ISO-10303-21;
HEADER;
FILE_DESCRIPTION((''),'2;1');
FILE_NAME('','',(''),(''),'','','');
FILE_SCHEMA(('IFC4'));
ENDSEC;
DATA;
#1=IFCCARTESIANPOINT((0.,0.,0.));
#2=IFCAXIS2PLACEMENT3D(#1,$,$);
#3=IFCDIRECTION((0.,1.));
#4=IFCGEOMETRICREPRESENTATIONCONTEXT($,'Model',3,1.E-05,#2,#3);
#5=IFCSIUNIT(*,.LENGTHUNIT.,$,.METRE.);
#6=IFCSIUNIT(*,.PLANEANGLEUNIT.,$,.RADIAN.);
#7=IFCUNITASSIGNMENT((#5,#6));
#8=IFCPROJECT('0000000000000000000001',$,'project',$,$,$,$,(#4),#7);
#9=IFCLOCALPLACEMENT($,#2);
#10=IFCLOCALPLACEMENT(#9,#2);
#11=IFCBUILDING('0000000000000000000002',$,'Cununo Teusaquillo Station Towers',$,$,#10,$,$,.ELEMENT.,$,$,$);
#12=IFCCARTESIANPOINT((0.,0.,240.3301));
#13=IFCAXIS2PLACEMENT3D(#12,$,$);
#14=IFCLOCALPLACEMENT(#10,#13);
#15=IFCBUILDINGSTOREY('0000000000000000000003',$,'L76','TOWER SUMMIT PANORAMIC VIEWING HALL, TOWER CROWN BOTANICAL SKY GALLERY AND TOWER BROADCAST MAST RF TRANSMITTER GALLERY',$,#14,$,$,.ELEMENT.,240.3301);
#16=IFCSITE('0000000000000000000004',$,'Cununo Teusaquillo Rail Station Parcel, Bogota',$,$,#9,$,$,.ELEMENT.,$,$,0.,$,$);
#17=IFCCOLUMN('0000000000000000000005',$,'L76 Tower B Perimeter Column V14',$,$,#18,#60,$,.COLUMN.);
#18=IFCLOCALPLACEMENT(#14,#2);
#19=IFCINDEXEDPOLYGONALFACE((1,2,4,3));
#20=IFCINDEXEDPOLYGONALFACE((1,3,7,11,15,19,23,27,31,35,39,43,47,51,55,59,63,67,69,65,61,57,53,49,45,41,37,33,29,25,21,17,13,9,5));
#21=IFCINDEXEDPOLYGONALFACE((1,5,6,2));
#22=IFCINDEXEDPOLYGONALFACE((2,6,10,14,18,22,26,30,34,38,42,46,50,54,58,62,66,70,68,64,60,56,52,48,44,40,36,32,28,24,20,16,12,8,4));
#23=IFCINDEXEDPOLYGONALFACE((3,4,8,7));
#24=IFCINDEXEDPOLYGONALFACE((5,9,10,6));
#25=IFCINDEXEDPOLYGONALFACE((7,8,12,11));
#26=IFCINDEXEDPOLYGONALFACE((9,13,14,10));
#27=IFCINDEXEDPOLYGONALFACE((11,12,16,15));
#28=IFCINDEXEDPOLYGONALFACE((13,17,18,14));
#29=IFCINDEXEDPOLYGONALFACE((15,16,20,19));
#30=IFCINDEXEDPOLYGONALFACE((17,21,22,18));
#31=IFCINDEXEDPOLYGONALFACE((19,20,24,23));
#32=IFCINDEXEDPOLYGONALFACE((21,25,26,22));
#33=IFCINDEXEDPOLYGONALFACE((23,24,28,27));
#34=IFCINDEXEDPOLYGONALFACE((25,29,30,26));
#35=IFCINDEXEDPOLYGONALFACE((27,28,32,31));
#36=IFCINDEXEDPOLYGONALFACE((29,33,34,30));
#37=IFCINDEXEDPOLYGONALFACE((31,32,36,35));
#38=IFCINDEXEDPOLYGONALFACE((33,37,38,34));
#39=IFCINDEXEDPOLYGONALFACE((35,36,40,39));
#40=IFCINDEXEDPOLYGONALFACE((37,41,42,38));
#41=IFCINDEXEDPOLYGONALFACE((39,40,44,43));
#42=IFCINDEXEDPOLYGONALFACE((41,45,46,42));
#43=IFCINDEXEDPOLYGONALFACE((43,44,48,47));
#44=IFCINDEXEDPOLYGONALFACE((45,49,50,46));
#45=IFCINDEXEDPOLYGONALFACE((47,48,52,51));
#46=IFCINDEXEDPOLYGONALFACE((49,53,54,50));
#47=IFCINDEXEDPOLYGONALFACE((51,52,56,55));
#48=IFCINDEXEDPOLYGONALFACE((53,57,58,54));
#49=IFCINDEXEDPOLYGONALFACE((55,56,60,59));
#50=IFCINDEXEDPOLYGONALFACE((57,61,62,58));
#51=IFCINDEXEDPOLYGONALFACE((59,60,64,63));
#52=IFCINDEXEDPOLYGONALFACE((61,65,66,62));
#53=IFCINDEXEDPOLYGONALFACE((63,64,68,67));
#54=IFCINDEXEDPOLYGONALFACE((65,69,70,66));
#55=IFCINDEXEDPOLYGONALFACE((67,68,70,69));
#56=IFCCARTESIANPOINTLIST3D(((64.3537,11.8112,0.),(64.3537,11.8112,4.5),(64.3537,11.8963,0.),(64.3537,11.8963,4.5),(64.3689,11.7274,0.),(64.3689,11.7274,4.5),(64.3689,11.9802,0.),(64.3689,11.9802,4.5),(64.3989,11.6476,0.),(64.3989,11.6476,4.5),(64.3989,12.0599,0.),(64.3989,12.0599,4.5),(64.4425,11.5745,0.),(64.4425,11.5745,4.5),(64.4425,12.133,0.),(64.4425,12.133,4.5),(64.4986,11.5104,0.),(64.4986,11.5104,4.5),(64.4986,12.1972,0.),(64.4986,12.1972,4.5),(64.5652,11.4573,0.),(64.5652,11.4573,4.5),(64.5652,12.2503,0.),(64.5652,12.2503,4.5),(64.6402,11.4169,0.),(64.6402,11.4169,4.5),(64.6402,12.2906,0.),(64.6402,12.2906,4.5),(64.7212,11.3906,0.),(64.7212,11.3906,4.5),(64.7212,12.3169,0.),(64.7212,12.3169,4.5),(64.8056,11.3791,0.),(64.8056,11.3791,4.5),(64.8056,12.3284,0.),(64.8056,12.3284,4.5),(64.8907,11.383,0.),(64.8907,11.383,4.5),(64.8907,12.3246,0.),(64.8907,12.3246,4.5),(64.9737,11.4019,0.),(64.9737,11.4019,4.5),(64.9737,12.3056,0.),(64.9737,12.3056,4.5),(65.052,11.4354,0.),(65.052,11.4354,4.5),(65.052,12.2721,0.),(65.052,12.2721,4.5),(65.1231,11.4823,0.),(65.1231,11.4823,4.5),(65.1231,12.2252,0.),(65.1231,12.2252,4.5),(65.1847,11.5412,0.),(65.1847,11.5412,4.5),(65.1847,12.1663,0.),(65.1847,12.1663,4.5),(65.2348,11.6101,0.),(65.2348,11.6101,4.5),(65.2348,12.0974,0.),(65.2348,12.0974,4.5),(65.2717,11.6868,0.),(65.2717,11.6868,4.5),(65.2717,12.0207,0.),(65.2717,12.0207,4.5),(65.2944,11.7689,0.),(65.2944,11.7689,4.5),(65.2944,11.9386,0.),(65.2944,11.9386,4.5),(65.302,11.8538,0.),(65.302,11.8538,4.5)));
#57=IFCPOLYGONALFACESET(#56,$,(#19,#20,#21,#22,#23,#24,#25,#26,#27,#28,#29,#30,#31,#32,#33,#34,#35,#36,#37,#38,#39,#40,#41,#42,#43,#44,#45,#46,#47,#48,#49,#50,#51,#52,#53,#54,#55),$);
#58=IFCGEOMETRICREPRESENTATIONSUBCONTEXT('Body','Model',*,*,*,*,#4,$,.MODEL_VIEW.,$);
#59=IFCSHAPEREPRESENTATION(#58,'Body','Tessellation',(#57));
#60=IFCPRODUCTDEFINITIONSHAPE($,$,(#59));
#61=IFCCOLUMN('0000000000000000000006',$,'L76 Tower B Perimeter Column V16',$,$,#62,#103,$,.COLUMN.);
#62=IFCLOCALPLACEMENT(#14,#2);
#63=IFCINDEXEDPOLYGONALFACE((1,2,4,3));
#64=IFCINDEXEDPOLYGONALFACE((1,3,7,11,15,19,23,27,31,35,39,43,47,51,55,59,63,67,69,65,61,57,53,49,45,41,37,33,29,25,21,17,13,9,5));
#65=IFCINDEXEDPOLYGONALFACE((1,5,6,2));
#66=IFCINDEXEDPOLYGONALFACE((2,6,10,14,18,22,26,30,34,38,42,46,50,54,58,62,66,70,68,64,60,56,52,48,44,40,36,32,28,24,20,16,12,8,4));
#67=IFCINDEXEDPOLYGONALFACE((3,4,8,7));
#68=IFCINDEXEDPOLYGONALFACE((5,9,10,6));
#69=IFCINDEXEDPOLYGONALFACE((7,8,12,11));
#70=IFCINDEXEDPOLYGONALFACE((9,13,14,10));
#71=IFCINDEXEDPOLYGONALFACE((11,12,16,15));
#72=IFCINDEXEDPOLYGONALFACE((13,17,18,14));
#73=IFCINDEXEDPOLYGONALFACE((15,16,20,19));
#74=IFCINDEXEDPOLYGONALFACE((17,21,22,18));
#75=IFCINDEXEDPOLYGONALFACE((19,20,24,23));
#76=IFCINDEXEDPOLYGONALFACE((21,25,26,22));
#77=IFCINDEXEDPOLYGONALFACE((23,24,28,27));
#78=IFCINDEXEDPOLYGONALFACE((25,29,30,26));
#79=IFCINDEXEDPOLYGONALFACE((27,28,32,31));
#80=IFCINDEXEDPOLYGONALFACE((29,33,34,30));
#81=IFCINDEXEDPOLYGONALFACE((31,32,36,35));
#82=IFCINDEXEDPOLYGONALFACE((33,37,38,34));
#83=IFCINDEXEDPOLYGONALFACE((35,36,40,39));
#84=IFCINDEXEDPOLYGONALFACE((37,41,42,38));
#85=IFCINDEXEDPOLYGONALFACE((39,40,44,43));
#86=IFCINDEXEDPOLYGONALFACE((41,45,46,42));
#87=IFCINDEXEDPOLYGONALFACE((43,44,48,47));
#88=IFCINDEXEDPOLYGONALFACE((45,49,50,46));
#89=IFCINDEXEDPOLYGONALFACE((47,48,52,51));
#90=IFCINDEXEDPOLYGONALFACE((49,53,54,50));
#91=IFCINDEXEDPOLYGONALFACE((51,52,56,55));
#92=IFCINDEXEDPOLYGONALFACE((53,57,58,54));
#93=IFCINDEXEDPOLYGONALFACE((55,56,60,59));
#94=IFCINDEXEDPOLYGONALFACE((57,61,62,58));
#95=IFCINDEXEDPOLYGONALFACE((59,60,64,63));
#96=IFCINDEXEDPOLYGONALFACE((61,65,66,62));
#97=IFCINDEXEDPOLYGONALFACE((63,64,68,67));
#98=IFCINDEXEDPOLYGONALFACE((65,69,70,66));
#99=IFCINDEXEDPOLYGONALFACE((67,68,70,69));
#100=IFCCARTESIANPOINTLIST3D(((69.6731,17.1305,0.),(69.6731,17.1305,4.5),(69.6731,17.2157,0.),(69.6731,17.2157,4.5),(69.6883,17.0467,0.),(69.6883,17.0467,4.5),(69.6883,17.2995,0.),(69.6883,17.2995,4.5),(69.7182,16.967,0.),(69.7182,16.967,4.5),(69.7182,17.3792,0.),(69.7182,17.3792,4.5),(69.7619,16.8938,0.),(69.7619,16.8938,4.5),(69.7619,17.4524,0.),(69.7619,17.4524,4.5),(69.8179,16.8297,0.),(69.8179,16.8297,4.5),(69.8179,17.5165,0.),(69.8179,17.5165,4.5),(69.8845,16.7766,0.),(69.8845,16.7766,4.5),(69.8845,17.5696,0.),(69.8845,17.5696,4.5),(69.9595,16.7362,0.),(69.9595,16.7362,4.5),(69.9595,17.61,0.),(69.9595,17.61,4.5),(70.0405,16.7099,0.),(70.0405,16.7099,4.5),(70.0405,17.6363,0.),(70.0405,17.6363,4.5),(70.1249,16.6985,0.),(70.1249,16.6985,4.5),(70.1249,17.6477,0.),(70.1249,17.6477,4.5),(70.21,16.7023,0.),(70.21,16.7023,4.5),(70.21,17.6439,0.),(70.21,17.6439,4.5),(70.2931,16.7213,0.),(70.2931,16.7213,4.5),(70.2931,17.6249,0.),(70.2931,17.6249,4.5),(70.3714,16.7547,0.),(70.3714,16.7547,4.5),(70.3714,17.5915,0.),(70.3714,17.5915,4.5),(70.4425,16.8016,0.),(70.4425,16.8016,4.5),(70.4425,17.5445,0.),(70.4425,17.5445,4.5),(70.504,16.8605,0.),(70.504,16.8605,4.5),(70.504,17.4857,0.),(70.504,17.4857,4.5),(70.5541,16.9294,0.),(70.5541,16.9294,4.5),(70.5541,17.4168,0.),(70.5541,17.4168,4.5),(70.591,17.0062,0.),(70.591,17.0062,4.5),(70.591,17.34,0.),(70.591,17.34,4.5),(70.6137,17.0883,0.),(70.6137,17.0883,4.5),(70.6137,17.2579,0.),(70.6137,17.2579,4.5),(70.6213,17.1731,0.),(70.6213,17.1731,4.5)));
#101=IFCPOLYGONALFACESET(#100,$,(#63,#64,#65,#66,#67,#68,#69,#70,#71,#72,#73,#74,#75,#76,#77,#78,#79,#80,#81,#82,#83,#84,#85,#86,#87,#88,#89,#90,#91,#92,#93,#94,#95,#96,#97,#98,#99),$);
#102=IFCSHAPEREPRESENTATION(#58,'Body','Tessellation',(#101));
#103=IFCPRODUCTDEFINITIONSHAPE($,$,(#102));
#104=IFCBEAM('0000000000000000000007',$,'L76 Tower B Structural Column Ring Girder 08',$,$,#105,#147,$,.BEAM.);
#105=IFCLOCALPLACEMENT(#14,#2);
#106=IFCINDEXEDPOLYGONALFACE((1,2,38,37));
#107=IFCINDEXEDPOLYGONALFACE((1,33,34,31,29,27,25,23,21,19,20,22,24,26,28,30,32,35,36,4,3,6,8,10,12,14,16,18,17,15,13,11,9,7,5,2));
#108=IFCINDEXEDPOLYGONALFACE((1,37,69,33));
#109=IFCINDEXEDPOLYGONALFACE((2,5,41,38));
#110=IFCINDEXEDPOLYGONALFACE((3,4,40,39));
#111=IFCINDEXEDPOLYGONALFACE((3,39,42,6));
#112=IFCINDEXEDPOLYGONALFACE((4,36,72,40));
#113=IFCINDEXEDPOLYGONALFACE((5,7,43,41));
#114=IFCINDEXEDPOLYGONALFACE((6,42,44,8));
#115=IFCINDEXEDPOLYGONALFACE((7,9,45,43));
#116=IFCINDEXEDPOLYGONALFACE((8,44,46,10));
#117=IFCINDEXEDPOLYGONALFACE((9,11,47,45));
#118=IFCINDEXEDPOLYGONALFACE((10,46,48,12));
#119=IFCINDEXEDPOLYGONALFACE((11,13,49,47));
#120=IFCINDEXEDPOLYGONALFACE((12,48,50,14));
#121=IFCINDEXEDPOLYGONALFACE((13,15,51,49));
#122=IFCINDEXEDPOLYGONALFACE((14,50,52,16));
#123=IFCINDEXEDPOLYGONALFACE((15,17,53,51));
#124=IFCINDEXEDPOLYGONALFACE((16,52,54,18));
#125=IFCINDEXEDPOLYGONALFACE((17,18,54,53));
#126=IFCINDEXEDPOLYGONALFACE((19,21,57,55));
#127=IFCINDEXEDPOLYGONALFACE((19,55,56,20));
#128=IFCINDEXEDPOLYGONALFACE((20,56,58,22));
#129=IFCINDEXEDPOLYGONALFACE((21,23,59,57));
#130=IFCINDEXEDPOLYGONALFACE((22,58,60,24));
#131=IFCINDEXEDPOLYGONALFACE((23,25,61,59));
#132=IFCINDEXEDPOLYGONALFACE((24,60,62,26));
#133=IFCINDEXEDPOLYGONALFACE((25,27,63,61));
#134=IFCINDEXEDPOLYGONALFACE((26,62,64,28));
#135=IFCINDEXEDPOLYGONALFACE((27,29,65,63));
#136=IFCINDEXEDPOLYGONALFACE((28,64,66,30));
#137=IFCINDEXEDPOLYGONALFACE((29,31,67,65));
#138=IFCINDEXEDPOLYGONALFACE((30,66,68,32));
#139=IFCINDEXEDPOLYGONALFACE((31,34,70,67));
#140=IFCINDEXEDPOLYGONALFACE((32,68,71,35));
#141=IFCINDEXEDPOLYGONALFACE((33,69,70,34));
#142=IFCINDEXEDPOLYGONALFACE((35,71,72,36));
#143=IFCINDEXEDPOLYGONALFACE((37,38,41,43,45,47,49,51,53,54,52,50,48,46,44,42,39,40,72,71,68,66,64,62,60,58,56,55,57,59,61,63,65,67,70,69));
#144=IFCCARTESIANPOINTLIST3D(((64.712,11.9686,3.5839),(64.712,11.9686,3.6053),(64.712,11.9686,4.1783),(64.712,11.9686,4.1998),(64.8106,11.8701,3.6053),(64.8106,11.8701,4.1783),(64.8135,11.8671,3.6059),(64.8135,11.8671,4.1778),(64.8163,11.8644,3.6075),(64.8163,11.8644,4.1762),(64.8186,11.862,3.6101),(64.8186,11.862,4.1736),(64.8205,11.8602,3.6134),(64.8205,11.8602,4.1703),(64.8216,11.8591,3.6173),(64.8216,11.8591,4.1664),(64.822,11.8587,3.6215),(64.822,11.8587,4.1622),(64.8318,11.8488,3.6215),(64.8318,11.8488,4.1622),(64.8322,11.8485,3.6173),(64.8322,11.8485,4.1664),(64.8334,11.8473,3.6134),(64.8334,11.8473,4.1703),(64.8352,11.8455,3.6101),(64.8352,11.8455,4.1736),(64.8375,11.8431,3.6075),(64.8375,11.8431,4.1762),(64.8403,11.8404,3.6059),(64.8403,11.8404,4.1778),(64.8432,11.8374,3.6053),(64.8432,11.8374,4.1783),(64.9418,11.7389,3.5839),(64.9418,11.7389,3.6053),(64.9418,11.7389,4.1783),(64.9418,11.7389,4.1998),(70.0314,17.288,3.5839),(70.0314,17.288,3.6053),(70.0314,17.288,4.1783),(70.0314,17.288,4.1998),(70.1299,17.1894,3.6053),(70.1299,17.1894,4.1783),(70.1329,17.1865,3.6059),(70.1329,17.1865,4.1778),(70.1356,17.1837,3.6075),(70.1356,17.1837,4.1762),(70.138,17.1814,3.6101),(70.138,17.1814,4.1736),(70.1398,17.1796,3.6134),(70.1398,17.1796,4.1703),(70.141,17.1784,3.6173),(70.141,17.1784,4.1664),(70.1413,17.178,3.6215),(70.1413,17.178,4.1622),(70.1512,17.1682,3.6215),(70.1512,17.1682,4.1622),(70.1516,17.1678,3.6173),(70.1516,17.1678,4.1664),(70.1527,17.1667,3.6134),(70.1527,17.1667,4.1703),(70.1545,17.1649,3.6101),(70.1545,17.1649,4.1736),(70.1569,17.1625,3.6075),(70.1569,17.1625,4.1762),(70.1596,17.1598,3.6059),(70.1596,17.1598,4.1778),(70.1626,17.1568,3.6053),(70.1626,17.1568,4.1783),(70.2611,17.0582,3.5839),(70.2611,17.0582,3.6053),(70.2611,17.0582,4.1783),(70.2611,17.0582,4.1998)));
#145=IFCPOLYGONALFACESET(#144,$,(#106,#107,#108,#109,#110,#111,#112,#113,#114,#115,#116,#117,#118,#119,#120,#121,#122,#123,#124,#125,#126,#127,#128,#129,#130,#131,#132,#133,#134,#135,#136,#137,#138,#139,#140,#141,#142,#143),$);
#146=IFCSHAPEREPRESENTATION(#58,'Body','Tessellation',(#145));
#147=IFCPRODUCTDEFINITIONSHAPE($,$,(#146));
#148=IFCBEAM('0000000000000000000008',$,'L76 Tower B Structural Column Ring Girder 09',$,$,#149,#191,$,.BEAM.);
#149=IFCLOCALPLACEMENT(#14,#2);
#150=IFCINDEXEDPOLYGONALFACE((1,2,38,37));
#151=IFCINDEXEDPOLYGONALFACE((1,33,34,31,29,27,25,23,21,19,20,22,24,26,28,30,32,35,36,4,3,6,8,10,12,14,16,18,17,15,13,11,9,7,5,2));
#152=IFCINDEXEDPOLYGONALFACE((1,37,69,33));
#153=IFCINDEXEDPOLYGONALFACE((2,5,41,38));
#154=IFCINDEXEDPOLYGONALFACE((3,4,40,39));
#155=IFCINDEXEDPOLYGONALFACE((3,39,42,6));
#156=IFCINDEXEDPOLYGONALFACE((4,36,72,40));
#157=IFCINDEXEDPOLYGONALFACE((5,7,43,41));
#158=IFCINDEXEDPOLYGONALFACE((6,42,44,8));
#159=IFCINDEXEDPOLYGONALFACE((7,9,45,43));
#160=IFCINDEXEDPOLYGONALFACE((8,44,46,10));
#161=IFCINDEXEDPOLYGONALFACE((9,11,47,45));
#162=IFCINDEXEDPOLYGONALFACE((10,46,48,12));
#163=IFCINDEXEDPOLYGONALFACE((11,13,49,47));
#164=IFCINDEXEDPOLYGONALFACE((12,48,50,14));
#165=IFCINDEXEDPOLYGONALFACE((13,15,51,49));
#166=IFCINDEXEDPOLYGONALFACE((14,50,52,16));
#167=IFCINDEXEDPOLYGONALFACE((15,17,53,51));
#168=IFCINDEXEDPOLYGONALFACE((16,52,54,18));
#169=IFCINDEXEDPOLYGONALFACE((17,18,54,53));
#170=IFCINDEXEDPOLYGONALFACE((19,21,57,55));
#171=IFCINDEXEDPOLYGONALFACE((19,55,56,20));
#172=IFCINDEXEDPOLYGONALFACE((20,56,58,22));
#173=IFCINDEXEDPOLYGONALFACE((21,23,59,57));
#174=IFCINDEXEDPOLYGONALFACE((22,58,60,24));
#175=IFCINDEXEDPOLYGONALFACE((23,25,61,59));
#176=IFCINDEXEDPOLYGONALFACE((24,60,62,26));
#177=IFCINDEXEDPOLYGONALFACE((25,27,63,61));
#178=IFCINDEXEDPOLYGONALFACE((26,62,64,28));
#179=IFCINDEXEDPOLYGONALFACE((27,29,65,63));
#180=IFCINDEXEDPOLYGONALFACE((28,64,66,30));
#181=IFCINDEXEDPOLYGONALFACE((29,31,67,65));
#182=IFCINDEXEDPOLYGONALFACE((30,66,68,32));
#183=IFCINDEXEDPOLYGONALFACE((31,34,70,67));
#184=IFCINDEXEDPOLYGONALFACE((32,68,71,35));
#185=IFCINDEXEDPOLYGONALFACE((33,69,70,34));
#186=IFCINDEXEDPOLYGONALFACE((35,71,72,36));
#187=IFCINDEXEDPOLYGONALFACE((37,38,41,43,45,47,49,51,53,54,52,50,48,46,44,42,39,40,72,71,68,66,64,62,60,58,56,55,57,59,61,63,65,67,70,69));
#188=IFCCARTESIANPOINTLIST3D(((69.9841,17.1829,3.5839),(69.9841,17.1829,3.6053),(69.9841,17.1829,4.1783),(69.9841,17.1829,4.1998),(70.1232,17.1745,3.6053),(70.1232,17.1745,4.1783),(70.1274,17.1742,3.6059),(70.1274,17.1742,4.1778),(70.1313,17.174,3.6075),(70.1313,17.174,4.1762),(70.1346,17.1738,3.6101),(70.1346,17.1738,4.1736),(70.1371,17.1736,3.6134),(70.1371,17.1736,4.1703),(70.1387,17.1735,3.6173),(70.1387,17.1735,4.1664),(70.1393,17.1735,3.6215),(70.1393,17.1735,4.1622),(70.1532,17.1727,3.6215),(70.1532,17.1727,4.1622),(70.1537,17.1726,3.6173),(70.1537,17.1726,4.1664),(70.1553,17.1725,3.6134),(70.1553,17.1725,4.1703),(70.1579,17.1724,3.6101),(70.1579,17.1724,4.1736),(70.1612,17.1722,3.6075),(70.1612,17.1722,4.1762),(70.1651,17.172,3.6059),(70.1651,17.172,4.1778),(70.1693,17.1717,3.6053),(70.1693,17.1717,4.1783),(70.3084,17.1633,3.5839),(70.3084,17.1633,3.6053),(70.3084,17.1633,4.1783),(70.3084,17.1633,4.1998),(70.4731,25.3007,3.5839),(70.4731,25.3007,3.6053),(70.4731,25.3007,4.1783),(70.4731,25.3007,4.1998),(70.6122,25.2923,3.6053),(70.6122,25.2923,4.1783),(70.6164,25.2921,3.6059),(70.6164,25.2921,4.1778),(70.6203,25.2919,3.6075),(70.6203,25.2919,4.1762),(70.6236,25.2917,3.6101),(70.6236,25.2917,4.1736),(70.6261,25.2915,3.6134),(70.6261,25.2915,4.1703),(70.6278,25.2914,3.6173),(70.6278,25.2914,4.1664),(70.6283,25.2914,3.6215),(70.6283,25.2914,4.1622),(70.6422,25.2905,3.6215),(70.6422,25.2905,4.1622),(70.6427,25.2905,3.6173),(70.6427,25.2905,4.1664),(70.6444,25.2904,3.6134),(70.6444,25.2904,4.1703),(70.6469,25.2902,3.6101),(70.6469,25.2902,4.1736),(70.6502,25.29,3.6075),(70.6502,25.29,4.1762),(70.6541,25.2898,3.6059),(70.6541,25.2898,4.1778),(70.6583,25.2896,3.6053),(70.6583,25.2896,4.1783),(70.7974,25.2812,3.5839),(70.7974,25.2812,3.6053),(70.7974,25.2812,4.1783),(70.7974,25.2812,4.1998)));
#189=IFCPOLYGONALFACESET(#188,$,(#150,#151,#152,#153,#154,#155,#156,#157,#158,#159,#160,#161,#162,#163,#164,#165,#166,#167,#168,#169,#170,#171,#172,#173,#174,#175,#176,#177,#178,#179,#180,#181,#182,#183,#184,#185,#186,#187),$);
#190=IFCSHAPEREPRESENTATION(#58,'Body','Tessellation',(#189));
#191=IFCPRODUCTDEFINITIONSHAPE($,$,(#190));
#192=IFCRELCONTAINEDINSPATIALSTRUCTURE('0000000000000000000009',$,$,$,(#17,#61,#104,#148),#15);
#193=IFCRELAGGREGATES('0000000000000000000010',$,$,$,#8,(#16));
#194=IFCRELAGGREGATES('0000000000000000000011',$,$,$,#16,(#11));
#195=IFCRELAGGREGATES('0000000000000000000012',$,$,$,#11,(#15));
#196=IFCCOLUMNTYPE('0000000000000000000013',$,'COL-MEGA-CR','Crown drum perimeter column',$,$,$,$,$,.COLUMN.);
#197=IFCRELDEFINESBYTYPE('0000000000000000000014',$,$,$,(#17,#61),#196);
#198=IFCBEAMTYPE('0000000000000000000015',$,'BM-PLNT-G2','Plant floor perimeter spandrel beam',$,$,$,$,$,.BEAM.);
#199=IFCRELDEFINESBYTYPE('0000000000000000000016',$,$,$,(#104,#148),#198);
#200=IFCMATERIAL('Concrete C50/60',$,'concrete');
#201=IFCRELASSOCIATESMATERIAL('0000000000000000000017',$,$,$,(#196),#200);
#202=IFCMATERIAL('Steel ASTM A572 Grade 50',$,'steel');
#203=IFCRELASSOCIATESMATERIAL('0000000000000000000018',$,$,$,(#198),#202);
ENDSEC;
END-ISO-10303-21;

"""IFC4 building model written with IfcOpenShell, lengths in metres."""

from ifc_helpers import new_model, si_unit, direction, frame, origin, origin_2d, place, context, subcontext, project, spatial, circle, i_section, extrude, material, material_profile, profile_set, type_object, element, save


model = new_model("IFC4")

# Units and contexts
model_context = context("Model", 3, precision=1e-05, world=origin(), true_north=direction((0.0, 1.0)))
body_context = subcontext(model_context, "Body", "Model", "MODEL_VIEW")
ifc_project = project(units=[si_unit("LENGTHUNIT", "METRE"), si_unit("PLANEANGLEUNIT", "RADIAN")], contexts=[model_context])

# Site, building, storey
site_placement = place(None, origin())
site = spatial("IfcSite", under=ifc_project, at=site_placement, Name="Cununo Teusaquillo Rail Station Parcel, Bogota", CompositionType="ELEMENT", RefElevation=0.0)
building_placement = place(site_placement, origin())
building = spatial("IfcBuilding", under=site, at=building_placement, Name="Cununo Teusaquillo Station Towers", CompositionType="ELEMENT")
storey_placement = place(building_placement, frame((0.0, 0.0, 240.3301)))
storey = spatial("IfcBuildingStorey", under=building, at=storey_placement, Name="L76", Description="TOWER SUMMIT PANORAMIC VIEWING HALL, TOWER CROWN BOTANICAL SKY GALLERY AND TOWER BROADCAST MAST RF TRANSMITTER GALLERY", CompositionType="ELEMENT", Elevation=240.3301)

# Columns
ifc_material_1 = material(Name="Concrete C50/60", Category="concrete")
ifc_material_profile_1 = material_profile(ifc_material_1, circle(Radius=0.4751, at=origin_2d()), Name="RC-CIRC-950")
ifc_profile_set_1 = profile_set([ifc_material_profile_1], Name="Concrete C50/60")
column_type = type_object("IfcColumnType", Name="COL-MEGA-CR", Description="Crown drum perimeter column", PredefinedType="COLUMN", material=ifc_profile_set_1)
for number, where, z_axis, x_axis, name in (
    (1, (64.8269, 11.8538, 0.0), (0.0, 0.0, 1.0), (1.0, 0.0, 0.0), "L76 Tower B Perimeter Column V14"),
    (2, (70.1462, 17.1731, 0.0), (0.0, 0.0, 1.0), (1.0, 0.0, 0.0), "L76 Tower B Perimeter Column V16"),
):
    element("IfcColumn", number, at=place(storey_placement, frame(where, z_axis=z_axis, x_axis=x_axis)), inside=storey, type_object=column_type, Name=name, PredefinedType="COLUMN", context=body_context, shape_type="SweptSolid", body=[
        extrude(circle(Radius=0.4751, at=origin_2d()), origin(), (0.0, 0.0, 1.0), 4.5),
    ])

# Beams
ifc_material_2 = material(Name="Steel ASTM A572 Grade 50", Category="steel")
ifc_material_profile_2 = material_profile(ifc_material_2, i_section(OverallWidth=0.325, OverallDepth=0.616, WebThickness=0.0139, FlangeThickness=0.0215, FilletRadius=0.0161, at=origin_2d()), Name="W24X117")
ifc_profile_set_2 = profile_set([ifc_material_profile_2], Name="Steel ASTM A572 Grade 50")
beam_type = type_object("IfcBeamType", Name="BM-PLNT-G2", Description="Plant floor perimeter spandrel beam", PredefinedType="BEAM", material=ifc_profile_set_2)
beam_1_placement = place(storey_placement, frame((64.8269, 11.8538, 3.8918), z_axis=(0.707107, 0.707107, 0.0), x_axis=(-0.707107, 0.707107, 0.0)))
element("IfcBeam", 3, at=beam_1_placement, inside=storey, type_object=beam_type, Name="L76 Tower B Structural Column Ring Girder 08", PredefinedType="BEAM", context=body_context, shape_type="SweptSolid", body=[
    extrude(i_section(OverallWidth=0.325, OverallDepth=0.616, WebThickness=0.0139, FlangeThickness=0.0215, FilletRadius=0.0161, at=origin_2d()), origin(), (0.0, 0.0, 1.0), 7.5227),
])
beam_2_placement = place(storey_placement, frame((70.1462, 17.1731, 3.8918), z_axis=(0.06013, 0.998191, 0.0), x_axis=(-0.998191, 0.06013, 0.0)))
element("IfcBeam", 4, at=beam_2_placement, inside=storey, type_object=beam_type, Name="L76 Tower B Structural Column Ring Girder 09", PredefinedType="BEAM", context=body_context, shape_type="SweptSolid", body=[
    extrude(i_section(OverallWidth=0.325, OverallDepth=0.616, WebThickness=0.0139, FlangeThickness=0.0215, FilletRadius=0.0161, at=origin_2d()), origin(), (0.0, 0.0, 1.0), 8.1326),
])

save(model, "model.ifc")
